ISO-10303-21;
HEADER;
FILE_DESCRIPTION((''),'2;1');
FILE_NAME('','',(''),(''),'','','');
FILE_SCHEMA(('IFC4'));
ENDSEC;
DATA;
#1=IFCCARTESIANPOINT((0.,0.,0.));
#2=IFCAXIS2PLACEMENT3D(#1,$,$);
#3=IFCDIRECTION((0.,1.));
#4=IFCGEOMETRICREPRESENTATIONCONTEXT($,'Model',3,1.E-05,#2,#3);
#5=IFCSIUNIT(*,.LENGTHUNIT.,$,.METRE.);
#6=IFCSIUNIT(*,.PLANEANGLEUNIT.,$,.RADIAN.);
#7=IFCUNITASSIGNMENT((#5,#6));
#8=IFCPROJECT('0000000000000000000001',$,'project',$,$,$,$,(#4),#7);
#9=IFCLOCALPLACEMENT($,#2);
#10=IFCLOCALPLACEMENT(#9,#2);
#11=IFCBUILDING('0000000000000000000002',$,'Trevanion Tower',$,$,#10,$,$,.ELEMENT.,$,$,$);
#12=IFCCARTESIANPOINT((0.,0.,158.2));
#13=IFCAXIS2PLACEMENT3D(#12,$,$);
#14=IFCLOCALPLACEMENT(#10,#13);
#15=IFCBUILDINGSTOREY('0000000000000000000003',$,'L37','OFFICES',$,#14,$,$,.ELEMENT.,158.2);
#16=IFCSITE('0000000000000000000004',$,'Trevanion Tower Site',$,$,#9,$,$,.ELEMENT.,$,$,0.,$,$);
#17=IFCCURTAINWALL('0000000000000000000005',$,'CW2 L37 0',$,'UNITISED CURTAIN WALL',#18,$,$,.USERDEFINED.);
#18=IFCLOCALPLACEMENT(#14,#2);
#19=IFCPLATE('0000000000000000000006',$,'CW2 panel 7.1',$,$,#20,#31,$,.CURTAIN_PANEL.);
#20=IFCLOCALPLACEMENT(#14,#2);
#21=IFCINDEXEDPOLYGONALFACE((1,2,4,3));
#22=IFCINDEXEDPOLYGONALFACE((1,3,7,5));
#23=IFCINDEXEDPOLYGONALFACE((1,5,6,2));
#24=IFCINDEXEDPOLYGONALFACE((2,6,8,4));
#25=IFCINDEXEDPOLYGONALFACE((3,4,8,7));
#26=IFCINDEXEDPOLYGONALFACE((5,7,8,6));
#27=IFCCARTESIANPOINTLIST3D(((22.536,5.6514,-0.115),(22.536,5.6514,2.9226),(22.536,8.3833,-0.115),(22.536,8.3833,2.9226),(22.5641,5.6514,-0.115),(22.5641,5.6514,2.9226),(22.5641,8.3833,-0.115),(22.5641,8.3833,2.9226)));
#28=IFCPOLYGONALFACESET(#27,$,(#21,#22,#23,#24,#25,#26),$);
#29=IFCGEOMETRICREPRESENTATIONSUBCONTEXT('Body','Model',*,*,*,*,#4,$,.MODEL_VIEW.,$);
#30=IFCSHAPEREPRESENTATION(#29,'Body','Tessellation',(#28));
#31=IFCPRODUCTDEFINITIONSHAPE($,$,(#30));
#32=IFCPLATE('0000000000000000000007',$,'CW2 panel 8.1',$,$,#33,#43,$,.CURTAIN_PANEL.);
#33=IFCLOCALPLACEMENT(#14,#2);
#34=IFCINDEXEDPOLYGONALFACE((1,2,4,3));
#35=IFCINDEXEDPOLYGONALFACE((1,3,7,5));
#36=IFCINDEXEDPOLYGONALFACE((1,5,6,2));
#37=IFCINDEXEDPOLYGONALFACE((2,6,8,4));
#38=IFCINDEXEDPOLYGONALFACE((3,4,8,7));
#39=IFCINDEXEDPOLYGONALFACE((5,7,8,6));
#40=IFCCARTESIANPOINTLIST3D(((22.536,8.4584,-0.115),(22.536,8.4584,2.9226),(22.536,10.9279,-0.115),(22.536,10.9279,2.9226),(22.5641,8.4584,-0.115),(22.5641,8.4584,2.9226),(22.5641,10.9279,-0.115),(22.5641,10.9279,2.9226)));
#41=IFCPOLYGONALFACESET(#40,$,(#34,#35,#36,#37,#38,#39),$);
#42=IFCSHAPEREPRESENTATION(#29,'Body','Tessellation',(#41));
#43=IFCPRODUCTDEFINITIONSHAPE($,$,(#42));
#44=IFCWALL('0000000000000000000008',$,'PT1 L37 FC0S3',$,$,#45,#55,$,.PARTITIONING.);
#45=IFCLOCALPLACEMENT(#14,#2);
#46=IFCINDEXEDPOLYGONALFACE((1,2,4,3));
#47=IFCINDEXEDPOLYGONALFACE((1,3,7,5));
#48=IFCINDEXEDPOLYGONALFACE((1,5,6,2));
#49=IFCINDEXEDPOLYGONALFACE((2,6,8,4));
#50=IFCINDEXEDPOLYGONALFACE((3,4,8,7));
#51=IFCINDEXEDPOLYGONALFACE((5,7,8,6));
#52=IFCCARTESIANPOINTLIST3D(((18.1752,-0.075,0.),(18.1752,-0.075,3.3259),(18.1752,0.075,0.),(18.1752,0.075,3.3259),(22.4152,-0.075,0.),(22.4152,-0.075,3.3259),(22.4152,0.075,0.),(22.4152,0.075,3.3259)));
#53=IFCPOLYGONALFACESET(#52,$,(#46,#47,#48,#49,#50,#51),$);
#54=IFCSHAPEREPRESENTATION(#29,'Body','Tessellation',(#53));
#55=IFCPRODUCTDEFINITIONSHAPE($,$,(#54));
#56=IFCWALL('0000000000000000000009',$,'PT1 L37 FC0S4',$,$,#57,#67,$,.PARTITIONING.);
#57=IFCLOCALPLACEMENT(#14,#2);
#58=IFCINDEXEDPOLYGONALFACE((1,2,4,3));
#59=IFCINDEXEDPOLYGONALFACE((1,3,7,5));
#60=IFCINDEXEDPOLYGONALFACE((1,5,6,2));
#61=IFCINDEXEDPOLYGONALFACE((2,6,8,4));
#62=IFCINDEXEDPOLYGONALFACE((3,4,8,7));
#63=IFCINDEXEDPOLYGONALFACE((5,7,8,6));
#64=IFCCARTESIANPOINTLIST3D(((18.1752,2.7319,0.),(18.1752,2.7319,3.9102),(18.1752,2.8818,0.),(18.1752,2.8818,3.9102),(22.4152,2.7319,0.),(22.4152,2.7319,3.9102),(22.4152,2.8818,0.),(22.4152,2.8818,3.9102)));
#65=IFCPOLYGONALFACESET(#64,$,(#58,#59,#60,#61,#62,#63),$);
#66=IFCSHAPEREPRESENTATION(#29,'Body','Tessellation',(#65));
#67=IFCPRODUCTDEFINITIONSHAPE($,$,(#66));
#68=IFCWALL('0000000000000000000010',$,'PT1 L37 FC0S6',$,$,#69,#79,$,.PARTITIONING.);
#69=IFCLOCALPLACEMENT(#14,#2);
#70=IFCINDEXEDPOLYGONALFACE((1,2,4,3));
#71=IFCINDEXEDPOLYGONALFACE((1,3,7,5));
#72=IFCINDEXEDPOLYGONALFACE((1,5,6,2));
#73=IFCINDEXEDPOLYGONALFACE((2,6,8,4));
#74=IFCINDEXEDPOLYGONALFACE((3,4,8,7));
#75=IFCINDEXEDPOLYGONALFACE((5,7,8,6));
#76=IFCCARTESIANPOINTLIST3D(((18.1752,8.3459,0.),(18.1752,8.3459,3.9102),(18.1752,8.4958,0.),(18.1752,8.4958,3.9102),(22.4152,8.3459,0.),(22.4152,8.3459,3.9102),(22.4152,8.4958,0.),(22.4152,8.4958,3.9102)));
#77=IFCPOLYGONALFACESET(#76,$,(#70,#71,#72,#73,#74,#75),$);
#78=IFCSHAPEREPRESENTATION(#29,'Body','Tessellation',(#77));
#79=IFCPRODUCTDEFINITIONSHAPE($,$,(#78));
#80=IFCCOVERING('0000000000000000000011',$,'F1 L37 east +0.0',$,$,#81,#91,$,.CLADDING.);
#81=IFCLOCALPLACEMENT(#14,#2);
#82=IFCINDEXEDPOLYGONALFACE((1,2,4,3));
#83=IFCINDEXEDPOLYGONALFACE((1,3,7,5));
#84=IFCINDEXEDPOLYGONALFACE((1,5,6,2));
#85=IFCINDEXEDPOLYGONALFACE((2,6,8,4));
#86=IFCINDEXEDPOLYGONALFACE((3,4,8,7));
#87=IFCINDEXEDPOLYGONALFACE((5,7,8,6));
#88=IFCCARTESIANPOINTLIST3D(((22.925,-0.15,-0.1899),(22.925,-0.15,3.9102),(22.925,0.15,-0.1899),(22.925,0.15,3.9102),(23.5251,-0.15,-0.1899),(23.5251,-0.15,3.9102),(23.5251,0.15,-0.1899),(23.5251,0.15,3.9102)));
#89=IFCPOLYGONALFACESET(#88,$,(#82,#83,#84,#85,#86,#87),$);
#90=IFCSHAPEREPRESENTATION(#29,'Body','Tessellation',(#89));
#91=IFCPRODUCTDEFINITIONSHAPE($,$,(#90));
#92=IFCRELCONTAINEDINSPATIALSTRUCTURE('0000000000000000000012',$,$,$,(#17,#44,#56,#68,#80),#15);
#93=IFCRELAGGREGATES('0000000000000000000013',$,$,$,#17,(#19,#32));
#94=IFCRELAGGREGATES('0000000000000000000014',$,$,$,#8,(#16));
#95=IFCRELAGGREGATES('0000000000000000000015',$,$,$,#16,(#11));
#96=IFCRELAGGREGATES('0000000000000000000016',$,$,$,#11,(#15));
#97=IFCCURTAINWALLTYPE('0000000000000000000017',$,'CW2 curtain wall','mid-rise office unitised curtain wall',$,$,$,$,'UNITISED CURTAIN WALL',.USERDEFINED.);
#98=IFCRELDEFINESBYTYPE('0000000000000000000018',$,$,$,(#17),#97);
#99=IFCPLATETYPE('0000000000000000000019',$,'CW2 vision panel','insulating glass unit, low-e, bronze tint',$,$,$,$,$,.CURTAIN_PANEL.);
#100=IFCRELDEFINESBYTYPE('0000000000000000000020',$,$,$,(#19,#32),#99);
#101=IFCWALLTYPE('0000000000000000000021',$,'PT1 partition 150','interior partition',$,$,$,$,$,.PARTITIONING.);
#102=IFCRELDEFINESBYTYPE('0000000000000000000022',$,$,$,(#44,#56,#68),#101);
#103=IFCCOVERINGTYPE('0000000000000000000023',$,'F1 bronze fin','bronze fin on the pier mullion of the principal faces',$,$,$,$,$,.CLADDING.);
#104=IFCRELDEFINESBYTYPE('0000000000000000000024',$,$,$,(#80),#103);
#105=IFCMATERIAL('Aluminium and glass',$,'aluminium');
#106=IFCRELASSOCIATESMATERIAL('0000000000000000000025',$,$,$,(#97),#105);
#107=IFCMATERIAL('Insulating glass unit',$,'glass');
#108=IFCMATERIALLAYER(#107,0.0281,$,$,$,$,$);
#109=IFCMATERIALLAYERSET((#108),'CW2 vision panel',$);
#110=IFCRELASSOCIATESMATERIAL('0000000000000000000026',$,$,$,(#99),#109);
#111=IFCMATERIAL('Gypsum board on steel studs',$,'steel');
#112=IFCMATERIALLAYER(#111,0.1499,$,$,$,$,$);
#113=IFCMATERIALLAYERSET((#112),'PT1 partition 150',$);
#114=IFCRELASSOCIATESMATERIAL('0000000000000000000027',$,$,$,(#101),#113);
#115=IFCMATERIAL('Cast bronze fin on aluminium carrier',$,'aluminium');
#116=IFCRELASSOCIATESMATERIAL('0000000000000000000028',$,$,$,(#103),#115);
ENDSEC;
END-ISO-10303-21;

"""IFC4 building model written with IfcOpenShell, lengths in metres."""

from ifc_helpers import new_model, si_unit, direction, frame, frame_2d, origin, origin_2d, place, context, subcontext, project, spatial, rectangle, extrude, material, layer, layer_set, type_object, element, aggregate, save


model = new_model("IFC4")

# Units and contexts
model_context = context("Model", 3, precision=1e-05, world=origin(), true_north=direction((0.0, 1.0)))
body_context = subcontext(model_context, "Body", "Model", "MODEL_VIEW")
ifc_project = project(units=[si_unit("LENGTHUNIT", "METRE"), si_unit("PLANEANGLEUNIT", "RADIAN")], contexts=[model_context])

# Site, building, storey
site_placement = place(None, origin())
site = spatial("IfcSite", under=ifc_project, at=site_placement, Name="Trevanion Tower Site", CompositionType="ELEMENT", RefElevation=0.0)
building_placement = place(site_placement, origin())
building = spatial("IfcBuilding", under=site, at=building_placement, Name="Trevanion Tower", CompositionType="ELEMENT")
storey_placement = place(building_placement, frame((0.0, 0.0, 158.2)))
storey = spatial("IfcBuildingStorey", under=building, at=storey_placement, Name="L37", Description="OFFICES", CompositionType="ELEMENT", Elevation=158.2)

# Curtain wall
ifc_material_1 = material(Name="Aluminium and glass", Category="aluminium")
curtain_wall_type = type_object("IfcCurtainWallType", Name="CW2 curtain wall", Description="mid-rise office unitised curtain wall", ElementType="UNITISED CURTAIN WALL", PredefinedType="USERDEFINED", material=ifc_material_1)
curtain_wall_placement = place(storey_placement, origin())
curtain_wall = element("IfcCurtainWall", 1, at=curtain_wall_placement, inside=storey, type_object=curtain_wall_type, Name="CW2 L37 0", ObjectType="UNITISED CURTAIN WALL", PredefinedType="USERDEFINED")

# Plates
ifc_material_2 = material(Name="Insulating glass unit", Category="glass")
ifc_layer_1 = layer(ifc_material_2, 0.0281)
ifc_layer_set_1 = layer_set([ifc_layer_1], Name="CW2 vision panel")
plate_type_1 = type_object("IfcPlateType", Name="CW2 vision panel", Description="insulating glass unit, low-e, bronze tint", PredefinedType="CURTAIN_PANEL", material=ifc_layer_set_1)
plate_1_placement = place(storey_placement, frame((22.55, 7.0173, -0.115), z_axis=(0.0, 0.0, 1.0), x_axis=(0.0, 1.0, 0.0)))
plate_1 = element("IfcPlate", 2, at=plate_1_placement, type_object=plate_type_1, Name="CW2 panel 7.1", PredefinedType="CURTAIN_PANEL", context=body_context, shape_type="SweptSolid", body=[
    extrude(rectangle(XDim=2.7319, YDim=0.0281, at=origin_2d()), origin(), (0.0, 0.0, 1.0), 3.0376),
])
plate_2_placement = place(storey_placement, frame((22.55, 9.6931, -0.115), z_axis=(0.0, 0.0, 1.0), x_axis=(0.0, 1.0, 0.0)))
plate_2 = element("IfcPlate", 3, at=plate_2_placement, type_object=plate_type_1, Name="CW2 panel 8.1", PredefinedType="CURTAIN_PANEL", context=body_context, shape_type="SweptSolid", body=[
    extrude(rectangle(XDim=2.4695, YDim=0.0281, at=origin_2d()), origin(), (0.0, 0.0, 1.0), 3.0376),
])
aggregate(curtain_wall, [plate_1, plate_2])

# Walls
ifc_material_3 = material(Name="Gypsum board on steel studs", Category="steel")
ifc_layer_2 = layer(ifc_material_3, 0.1499)
ifc_layer_set_2 = layer_set([ifc_layer_2], Name="PT1 partition 150")
wall_type = type_object("IfcWallType", Name="PT1 partition 150", Description="interior partition", PredefinedType="PARTITIONING", material=ifc_layer_set_2)
wall_placement = place(storey_placement, frame((18.175, 0.0, 0.0), z_axis=(0.0, 0.0, 1.0), x_axis=(1.0, 0.0, 0.0)))
element("IfcWall", 4, at=wall_placement, inside=storey, type_object=wall_type, Name="PT1 L37 FC0S3", PredefinedType="PARTITIONING", context=body_context, shape_type="SweptSolid", body=[
    extrude(rectangle(XDim=4.24, YDim=0.1499, at=frame_2d((2.1201, 0.0))), origin(), (0.0, 0.0, 1.0), 3.3259),
])
for number, where, z_axis, x_axis, name in (
    (5, (18.175, 2.8069, 0.0), (0.0, 0.0, 1.0), (1.0, 0.0, 0.0), "PT1 L37 FC0S4"),
    (6, (18.175, 8.4209, 0.0), (0.0, 0.0, 1.0), (1.0, 0.0, 0.0), "PT1 L37 FC0S6"),
):
    element("IfcWall", number, at=place(storey_placement, frame(where, z_axis=z_axis, x_axis=x_axis)), inside=storey, type_object=wall_type, Name=name, PredefinedType="PARTITIONING", context=body_context, shape_type="SweptSolid", body=[
        extrude(rectangle(XDim=4.24, YDim=0.1499, at=frame_2d((2.1201, 0.0))), origin(), (0.0, 0.0, 1.0), 3.9102),
    ])

# Covering
ifc_material_4 = material(Name="Cast bronze fin on aluminium carrier", Category="aluminium")
covering_type = type_object("IfcCoveringType", Name="F1 bronze fin", Description="bronze fin on the pier mullion of the principal faces", PredefinedType="CLADDING", material=ifc_material_4)
covering_placement = place(storey_placement, frame((23.2251, 0.0, -0.1899), z_axis=(0.0, 0.0, 1.0), x_axis=(0.0, 1.0, 0.0)))
element("IfcCovering", 7, at=covering_placement, inside=storey, type_object=covering_type, Name="F1 L37 east +0.0", PredefinedType="CLADDING", context=body_context, shape_type="SweptSolid", body=[
    extrude(rectangle(XDim=0.3, YDim=0.6001, at=origin_2d()), origin(), (0.0, 0.0, 1.0), 4.1001),
])

save(model, "model.ifc")
